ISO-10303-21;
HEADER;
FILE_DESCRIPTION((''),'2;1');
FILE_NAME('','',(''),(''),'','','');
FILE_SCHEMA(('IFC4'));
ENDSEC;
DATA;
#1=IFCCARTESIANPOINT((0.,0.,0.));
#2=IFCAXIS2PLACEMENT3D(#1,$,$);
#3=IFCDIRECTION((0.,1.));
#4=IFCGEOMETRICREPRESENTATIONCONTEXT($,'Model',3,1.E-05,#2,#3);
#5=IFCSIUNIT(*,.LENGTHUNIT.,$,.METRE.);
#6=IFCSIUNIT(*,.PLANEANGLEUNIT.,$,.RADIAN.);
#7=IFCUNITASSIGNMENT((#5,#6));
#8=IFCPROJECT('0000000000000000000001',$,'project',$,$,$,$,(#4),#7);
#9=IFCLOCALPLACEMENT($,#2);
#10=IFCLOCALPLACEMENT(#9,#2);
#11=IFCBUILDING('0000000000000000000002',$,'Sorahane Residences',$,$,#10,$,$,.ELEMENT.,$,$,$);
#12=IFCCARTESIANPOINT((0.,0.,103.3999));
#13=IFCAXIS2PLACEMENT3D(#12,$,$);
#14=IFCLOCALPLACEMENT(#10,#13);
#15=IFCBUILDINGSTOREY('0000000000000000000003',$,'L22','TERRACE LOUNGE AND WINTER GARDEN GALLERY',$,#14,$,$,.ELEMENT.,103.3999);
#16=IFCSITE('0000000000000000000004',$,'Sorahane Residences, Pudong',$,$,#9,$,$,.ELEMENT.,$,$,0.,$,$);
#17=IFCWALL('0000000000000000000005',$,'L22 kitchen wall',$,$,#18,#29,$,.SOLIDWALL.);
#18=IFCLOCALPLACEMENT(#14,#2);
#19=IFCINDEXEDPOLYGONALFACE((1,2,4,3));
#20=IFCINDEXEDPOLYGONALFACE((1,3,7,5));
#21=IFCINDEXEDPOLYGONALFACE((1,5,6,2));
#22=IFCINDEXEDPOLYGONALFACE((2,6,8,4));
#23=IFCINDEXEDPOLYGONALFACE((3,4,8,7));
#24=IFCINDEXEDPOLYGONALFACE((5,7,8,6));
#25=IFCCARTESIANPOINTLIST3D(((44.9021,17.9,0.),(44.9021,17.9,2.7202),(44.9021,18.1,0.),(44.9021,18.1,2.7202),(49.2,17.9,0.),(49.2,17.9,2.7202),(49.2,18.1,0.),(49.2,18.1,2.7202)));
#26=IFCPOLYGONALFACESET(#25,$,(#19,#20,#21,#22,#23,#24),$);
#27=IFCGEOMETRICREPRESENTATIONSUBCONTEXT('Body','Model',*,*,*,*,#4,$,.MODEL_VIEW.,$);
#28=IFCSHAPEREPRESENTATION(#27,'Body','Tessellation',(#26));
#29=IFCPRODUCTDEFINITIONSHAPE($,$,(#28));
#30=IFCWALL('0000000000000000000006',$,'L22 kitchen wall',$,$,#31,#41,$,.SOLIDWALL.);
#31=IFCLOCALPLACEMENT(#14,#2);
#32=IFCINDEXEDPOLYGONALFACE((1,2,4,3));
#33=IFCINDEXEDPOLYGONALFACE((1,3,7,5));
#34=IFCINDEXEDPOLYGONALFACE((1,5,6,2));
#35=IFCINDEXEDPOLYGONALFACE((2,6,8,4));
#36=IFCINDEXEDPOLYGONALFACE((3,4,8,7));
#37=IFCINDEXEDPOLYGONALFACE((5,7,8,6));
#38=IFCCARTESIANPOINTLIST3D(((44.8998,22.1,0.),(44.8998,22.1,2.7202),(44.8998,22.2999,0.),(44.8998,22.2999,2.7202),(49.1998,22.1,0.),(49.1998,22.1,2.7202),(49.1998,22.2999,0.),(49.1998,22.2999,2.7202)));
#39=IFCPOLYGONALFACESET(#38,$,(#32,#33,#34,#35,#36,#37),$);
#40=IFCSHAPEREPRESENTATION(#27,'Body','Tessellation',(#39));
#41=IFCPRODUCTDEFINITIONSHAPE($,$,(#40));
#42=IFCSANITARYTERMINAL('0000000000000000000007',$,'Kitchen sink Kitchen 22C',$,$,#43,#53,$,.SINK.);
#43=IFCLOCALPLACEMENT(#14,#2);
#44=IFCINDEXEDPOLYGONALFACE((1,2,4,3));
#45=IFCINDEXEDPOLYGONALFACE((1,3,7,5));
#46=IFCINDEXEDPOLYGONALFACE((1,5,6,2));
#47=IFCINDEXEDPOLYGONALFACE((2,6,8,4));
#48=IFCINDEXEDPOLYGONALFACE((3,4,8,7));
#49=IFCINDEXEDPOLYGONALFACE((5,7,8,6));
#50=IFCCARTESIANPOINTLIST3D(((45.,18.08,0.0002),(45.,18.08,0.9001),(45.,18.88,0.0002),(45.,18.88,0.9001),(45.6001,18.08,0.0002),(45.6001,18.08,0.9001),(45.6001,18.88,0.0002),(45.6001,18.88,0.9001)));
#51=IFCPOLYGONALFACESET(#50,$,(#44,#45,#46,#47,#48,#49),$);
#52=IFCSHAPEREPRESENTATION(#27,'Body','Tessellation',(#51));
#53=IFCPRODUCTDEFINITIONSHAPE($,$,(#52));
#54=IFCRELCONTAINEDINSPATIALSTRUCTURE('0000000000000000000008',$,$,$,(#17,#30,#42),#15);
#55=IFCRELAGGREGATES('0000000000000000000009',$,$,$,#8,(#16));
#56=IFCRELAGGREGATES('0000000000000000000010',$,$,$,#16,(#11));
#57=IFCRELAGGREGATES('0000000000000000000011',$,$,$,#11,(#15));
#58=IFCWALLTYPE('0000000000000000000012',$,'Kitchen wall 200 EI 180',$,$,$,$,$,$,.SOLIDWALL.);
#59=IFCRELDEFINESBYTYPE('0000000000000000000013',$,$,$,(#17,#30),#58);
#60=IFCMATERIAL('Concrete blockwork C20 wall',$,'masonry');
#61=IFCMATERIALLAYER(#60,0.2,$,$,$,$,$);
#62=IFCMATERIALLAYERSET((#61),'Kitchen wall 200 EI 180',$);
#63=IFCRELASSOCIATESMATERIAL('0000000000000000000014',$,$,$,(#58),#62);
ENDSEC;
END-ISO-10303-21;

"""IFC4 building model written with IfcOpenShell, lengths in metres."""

from ifc_helpers import new_model, si_unit, direction, frame, frame_2d, origin, origin_2d, place, context, subcontext, project, spatial, rectangle, extrude, material, layer, layer_set, type_object, element, save


model = new_model("IFC4")

# Units and contexts
model_context = context("Model", 3, precision=1e-05, world=origin(), true_north=direction((0.0, 1.0)))
body_context = subcontext(model_context, "Body", "Model", "MODEL_VIEW")
ifc_project = project(units=[si_unit("LENGTHUNIT", "METRE"), si_unit("PLANEANGLEUNIT", "RADIAN")], contexts=[model_context])

# Site, building, storey
site_placement = place(None, origin())
site = spatial("IfcSite", under=ifc_project, at=site_placement, Name="Sorahane Residences, Pudong", CompositionType="ELEMENT", RefElevation=0.0)
building_placement = place(site_placement, origin())
building = spatial("IfcBuilding", under=site, at=building_placement, Name="Sorahane Residences", CompositionType="ELEMENT")
storey_placement = place(building_placement, frame((0.0, 0.0, 103.3999)))
storey = spatial("IfcBuildingStorey", under=building, at=storey_placement, Name="L22", Description="TERRACE LOUNGE AND WINTER GARDEN GALLERY", CompositionType="ELEMENT", Elevation=103.3999)

# Walls
ifc_material_1 = material(Name="Concrete blockwork C20 wall", Category="masonry")
ifc_layer_1 = layer(ifc_material_1, 0.2)
ifc_layer_set_1 = layer_set([ifc_layer_1], Name="Kitchen wall 200 EI 180")
wall_type_1 = type_object("IfcWallType", Name="Kitchen wall 200 EI 180", PredefinedType="SOLIDWALL", material=ifc_layer_set_1)
wall_1_placement = place(storey_placement, frame((44.9021, 18.0, 0.0), z_axis=(0.0, 0.0, 1.0), x_axis=(1.0, 0.0, 0.0)))
element("IfcWall", 1, at=wall_1_placement, inside=storey, type_object=wall_type_1, Name="L22 kitchen wall", PredefinedType="SOLIDWALL", context=body_context, shape_type="SweptSolid", body=[
    extrude(rectangle(XDim=4.2979, YDim=0.2, at=frame_2d((2.1489, 0.0))), origin(), (0.0, 0.0, 1.0), 2.7202),
])
wall_2_placement = place(storey_placement, frame((44.8999, 22.2, 0.0), z_axis=(0.0, 0.0, 1.0), x_axis=(1.0, 0.0, 0.0)))
element("IfcWall", 2, at=wall_2_placement, inside=storey, type_object=wall_type_1, Name="L22 kitchen wall", PredefinedType="SOLIDWALL", context=body_context, shape_type="SweptSolid", body=[
    extrude(rectangle(XDim=4.3, YDim=0.2, at=frame_2d((2.1499, 0.0))), origin(), (0.0, 0.0, 1.0), 2.7202),
])

# Sanitary terminal
sanitary_terminal_placement = place(storey_placement, frame((45.3, 18.48, 0.0002), z_axis=(0.0, 0.0, 1.0), x_axis=(0.0, 1.0, 0.0)))
element("IfcSanitaryTerminal", 3, at=sanitary_terminal_placement, inside=storey, Name="Kitchen sink Kitchen 22C", PredefinedType="SINK", context=body_context, shape_type="SweptSolid", body=[
    extrude(rectangle(XDim=0.8, YDim=0.6001, at=origin_2d()), origin(), (0.0, 0.0, 1.0), 0.8999),
])

save(model, "model.ifc")
